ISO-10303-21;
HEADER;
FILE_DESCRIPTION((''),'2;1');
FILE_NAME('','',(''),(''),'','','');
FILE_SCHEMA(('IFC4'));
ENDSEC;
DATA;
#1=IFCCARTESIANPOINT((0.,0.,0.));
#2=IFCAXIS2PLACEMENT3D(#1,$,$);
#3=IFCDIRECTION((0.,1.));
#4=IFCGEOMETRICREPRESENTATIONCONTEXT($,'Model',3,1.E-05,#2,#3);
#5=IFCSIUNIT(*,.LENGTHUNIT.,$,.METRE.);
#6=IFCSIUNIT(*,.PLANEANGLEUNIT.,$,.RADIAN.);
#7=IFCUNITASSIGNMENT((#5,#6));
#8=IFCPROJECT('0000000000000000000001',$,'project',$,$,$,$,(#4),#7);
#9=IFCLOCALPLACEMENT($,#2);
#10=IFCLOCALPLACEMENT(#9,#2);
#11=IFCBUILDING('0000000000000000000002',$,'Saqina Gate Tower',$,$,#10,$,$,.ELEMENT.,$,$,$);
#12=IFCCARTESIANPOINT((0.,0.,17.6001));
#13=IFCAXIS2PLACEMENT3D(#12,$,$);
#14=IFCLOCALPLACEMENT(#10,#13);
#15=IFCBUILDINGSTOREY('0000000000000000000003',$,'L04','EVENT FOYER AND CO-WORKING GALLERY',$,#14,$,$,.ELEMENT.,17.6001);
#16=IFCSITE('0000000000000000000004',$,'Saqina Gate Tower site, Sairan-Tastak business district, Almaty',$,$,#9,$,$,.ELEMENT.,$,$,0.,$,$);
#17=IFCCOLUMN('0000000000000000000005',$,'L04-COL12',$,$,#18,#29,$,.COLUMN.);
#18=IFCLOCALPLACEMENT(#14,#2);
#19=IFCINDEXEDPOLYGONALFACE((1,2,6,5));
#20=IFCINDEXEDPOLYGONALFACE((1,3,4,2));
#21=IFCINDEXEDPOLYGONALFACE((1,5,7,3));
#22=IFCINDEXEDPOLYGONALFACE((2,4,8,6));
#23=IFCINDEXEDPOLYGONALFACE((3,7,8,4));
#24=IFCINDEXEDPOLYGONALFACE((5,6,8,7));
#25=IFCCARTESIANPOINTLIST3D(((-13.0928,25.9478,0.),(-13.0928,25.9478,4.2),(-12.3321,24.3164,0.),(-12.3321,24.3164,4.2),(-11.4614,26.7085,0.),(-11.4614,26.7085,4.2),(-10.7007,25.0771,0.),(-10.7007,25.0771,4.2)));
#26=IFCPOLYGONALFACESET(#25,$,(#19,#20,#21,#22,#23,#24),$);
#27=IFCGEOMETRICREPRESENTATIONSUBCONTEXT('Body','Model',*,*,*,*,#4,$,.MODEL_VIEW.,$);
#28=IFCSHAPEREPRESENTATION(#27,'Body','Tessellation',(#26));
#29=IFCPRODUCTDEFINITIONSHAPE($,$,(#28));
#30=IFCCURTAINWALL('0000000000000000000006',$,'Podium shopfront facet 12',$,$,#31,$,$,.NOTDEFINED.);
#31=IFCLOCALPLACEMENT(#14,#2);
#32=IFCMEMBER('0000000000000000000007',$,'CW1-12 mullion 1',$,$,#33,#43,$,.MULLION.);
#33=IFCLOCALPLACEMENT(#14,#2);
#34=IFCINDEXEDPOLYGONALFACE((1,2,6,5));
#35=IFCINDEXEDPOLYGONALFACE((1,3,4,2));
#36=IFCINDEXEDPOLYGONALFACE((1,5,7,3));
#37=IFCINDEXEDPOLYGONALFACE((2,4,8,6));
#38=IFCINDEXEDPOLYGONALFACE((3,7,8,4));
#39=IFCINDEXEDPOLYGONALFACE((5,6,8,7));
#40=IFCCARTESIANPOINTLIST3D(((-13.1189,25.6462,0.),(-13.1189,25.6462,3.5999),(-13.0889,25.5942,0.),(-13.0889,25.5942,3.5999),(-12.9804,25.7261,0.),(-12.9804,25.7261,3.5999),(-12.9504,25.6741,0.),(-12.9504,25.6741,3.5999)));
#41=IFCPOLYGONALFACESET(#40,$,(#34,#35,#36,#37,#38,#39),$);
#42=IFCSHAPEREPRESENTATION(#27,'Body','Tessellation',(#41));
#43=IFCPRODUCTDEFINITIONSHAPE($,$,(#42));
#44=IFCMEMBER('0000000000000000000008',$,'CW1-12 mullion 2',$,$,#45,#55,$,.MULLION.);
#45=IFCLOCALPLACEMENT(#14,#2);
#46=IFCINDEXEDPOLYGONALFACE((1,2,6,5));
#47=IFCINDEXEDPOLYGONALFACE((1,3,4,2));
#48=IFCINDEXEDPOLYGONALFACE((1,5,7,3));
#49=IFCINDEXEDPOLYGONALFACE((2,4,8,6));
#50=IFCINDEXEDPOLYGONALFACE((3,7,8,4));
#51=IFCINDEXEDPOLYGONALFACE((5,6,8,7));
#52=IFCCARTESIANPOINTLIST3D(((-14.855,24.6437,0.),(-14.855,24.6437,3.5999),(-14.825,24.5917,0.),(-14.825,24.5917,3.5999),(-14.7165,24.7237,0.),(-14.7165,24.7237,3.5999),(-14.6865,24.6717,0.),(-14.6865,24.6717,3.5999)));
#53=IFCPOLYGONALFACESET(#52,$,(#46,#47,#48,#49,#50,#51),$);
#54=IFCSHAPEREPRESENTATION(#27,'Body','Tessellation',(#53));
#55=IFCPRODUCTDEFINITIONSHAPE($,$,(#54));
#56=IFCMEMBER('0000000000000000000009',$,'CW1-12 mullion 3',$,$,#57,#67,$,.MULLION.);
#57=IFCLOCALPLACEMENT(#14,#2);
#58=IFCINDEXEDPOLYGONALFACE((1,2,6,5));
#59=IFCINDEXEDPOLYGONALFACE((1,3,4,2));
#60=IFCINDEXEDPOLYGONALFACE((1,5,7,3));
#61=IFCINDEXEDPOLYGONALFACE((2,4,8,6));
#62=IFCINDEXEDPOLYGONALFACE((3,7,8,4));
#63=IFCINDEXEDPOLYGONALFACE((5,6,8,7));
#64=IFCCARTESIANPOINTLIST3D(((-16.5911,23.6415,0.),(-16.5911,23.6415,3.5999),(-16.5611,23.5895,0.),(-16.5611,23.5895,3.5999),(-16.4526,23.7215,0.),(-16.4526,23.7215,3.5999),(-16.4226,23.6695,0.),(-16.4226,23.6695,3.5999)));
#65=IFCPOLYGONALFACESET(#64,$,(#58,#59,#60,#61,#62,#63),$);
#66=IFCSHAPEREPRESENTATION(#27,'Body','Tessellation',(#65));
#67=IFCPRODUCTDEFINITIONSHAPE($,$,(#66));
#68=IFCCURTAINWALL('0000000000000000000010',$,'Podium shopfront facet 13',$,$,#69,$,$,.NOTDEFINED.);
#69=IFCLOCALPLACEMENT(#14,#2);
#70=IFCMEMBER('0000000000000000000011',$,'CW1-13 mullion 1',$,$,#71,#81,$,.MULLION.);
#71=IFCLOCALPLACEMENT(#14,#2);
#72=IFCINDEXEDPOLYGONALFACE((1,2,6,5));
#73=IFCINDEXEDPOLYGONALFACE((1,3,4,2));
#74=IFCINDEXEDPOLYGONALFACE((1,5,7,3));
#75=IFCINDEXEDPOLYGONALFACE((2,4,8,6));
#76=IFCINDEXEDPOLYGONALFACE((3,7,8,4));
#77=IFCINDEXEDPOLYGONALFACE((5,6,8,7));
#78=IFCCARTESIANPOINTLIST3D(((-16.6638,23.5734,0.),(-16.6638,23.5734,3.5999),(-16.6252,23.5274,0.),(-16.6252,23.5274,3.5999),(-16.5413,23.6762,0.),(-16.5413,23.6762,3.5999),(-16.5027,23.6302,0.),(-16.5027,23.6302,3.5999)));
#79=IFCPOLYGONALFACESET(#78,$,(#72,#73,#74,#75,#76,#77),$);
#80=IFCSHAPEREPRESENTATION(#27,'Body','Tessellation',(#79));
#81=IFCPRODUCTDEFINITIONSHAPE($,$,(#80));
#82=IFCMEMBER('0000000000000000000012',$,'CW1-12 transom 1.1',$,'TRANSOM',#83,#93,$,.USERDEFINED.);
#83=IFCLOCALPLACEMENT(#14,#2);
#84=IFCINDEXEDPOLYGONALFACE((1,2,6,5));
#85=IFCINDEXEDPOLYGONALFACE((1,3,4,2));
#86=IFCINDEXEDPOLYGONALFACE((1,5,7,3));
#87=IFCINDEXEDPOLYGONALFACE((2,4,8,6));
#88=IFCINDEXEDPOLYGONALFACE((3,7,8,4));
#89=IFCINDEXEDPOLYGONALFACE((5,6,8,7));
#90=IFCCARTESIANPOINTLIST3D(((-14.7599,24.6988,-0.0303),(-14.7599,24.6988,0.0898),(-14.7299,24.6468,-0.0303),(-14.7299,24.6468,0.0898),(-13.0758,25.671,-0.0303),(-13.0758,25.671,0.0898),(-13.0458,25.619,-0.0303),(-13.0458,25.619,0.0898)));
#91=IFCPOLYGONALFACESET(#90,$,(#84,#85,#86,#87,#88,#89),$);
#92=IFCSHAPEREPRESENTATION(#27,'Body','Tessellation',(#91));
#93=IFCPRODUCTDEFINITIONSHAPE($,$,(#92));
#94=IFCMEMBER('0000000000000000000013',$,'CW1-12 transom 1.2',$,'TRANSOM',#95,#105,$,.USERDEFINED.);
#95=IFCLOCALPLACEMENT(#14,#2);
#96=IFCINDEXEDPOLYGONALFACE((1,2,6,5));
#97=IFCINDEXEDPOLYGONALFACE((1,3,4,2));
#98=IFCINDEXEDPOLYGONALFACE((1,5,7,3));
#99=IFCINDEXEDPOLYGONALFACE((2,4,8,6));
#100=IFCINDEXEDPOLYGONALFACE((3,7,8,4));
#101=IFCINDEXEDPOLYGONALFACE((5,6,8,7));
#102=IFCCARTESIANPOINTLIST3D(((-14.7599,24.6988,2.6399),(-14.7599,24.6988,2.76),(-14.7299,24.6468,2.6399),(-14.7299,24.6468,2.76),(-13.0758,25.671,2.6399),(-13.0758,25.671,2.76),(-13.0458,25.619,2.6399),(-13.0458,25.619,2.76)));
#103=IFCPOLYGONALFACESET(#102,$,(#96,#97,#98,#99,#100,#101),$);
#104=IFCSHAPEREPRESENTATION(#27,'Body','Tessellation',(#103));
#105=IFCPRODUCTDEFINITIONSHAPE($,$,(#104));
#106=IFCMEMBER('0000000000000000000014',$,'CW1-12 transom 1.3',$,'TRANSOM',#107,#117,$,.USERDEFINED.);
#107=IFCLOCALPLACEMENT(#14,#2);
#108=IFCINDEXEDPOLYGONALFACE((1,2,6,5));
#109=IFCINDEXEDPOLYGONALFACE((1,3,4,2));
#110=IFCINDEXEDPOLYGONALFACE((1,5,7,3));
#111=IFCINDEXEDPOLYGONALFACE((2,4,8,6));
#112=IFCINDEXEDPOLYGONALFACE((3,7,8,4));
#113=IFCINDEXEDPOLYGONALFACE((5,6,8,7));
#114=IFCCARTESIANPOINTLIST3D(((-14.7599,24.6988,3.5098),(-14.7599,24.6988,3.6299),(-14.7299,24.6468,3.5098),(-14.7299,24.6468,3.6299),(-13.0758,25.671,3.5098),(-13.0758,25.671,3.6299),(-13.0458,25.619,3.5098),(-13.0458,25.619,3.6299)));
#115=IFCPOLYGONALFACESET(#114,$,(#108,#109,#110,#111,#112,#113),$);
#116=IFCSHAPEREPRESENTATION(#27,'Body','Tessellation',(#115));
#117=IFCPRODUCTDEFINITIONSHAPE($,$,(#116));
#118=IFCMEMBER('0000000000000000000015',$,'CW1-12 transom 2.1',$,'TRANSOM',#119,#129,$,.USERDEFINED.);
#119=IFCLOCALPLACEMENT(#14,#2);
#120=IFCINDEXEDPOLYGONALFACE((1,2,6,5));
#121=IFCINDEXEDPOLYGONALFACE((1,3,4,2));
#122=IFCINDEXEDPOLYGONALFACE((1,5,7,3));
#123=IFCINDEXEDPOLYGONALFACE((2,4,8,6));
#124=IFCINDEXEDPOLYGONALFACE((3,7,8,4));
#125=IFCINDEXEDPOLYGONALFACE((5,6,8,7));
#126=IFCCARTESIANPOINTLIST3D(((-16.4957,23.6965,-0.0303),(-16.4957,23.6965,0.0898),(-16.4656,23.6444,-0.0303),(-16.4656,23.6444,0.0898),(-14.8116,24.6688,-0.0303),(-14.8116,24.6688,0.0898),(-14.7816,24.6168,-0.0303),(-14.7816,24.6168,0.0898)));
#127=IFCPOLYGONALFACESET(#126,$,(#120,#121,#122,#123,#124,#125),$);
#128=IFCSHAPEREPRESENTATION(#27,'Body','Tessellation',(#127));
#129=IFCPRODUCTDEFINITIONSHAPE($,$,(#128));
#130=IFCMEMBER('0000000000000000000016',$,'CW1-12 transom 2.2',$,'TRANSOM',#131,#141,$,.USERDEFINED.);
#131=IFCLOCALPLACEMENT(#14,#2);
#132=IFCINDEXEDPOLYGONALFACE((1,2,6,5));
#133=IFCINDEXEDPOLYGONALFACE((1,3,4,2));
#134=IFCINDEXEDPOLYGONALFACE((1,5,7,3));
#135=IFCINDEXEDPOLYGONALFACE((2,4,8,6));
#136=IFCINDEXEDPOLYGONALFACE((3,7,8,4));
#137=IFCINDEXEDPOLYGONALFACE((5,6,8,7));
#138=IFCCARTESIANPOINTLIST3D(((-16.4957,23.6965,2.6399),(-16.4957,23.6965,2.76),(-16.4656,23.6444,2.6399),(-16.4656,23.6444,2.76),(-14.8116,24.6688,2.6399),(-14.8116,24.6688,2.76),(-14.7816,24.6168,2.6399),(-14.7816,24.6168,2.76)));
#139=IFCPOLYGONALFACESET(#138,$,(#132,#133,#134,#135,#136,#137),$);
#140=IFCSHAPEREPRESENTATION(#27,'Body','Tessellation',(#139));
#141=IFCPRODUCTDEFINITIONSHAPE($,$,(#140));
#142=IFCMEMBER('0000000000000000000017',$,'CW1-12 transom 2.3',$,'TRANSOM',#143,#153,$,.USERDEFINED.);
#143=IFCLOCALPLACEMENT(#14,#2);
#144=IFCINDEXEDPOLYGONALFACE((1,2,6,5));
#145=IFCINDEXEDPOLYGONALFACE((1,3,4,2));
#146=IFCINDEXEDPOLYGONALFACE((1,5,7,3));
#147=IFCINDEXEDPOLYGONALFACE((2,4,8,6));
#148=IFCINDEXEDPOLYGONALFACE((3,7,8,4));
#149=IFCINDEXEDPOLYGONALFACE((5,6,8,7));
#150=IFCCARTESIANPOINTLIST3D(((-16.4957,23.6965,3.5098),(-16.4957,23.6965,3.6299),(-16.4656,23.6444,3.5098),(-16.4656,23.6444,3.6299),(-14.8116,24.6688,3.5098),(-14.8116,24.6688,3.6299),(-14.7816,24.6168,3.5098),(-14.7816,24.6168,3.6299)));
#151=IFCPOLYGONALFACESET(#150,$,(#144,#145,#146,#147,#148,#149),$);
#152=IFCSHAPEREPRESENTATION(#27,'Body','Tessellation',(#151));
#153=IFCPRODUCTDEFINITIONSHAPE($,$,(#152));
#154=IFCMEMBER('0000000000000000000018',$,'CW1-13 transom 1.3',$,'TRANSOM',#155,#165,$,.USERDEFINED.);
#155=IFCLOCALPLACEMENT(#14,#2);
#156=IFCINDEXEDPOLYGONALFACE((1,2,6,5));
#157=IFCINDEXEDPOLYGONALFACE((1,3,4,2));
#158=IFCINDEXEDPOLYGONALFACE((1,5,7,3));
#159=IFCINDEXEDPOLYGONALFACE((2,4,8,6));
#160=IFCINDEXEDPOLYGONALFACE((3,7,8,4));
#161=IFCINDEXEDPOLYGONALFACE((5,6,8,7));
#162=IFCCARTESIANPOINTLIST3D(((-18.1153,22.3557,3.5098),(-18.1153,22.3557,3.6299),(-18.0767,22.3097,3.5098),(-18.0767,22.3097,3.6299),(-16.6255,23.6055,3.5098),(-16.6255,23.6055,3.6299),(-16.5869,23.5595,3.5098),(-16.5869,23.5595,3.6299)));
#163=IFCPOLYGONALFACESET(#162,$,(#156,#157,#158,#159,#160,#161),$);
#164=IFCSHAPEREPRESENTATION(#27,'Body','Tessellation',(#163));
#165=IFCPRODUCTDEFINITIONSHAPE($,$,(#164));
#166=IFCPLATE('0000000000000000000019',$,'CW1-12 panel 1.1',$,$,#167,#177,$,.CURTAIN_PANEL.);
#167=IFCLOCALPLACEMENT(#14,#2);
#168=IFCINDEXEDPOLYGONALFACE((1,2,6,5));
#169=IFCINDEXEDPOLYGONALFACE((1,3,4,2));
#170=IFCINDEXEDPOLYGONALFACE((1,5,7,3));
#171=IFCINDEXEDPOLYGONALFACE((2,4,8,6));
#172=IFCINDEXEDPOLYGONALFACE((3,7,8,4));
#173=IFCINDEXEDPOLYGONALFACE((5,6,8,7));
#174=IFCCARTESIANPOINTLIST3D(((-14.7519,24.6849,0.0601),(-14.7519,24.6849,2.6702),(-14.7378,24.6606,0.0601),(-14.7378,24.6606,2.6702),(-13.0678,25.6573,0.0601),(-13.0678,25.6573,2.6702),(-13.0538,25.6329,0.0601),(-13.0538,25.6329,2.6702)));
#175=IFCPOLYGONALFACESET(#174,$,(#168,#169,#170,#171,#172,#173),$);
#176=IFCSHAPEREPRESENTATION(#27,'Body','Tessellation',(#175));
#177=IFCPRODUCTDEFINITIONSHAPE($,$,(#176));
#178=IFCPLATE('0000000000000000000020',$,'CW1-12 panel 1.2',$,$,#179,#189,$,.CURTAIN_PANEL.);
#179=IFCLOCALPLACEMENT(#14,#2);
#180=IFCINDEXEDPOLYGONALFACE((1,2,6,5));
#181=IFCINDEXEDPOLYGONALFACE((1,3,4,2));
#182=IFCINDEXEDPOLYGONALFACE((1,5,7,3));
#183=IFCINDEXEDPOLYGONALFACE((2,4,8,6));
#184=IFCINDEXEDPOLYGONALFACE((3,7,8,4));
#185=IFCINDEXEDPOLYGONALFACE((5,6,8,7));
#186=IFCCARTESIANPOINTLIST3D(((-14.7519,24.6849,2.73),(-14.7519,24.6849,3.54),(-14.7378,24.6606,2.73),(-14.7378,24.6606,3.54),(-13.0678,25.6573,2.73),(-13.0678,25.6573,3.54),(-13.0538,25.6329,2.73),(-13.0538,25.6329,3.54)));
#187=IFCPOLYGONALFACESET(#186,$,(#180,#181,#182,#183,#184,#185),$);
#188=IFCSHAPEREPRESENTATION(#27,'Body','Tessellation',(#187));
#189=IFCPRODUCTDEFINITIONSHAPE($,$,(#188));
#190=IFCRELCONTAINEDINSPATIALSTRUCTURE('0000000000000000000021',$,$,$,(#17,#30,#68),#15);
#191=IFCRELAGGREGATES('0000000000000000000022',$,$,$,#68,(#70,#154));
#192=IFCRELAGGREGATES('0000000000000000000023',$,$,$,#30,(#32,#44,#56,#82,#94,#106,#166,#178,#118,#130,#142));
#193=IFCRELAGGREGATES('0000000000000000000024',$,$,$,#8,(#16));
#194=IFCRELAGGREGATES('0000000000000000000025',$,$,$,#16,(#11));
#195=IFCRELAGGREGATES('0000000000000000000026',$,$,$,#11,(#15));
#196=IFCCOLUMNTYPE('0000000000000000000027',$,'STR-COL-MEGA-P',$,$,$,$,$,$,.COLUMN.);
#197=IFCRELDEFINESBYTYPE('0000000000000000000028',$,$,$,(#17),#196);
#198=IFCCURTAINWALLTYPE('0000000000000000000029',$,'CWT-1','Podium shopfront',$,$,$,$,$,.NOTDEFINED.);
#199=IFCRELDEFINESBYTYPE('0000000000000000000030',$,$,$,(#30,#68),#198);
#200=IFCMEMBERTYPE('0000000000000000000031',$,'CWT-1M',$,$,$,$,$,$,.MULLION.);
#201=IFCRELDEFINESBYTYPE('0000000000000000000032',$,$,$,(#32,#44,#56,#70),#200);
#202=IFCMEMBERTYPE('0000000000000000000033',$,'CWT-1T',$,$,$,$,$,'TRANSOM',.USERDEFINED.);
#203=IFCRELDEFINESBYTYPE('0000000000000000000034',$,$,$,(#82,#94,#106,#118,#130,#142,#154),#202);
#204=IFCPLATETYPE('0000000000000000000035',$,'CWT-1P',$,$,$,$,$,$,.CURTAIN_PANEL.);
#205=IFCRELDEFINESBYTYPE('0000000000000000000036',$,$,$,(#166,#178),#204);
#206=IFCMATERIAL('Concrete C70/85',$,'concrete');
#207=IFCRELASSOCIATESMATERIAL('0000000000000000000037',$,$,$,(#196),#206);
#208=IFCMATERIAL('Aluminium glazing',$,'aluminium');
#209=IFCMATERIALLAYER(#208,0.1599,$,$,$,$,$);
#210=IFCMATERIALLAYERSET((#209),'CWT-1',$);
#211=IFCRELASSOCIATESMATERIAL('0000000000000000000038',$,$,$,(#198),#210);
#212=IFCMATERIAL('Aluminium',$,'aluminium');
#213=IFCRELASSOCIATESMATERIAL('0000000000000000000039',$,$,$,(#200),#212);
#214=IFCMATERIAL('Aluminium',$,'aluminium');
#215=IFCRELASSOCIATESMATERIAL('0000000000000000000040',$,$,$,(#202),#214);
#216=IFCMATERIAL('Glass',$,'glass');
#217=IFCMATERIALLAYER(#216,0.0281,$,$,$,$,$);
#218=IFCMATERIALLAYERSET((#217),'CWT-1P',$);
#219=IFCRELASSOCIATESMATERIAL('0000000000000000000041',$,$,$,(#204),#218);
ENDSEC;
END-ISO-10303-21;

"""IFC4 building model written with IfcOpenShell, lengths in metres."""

from ifc_helpers import new_model, si_unit, direction, frame, origin, origin_2d, place, context, subcontext, project, spatial, rectangle, extrude, material, layer, layer_set, material_profile, profile_set, type_object, element, aggregate, save


model = new_model("IFC4")

# Units and contexts
model_context = context("Model", 3, precision=1e-05, world=origin(), true_north=direction((0.0, 1.0)))
body_context = subcontext(model_context, "Body", "Model", "MODEL_VIEW")
ifc_project = project(units=[si_unit("LENGTHUNIT", "METRE"), si_unit("PLANEANGLEUNIT", "RADIAN")], contexts=[model_context])

# Site, building, storey
site_placement = place(None, origin())
site = spatial("IfcSite", under=ifc_project, at=site_placement, Name="Saqina Gate Tower site, Sairan-Tastak business district, Almaty", CompositionType="ELEMENT", RefElevation=0.0)
building_placement = place(site_placement, origin())
building = spatial("IfcBuilding", under=site, at=building_placement, Name="Saqina Gate Tower", CompositionType="ELEMENT")
storey_placement = place(building_placement, frame((0.0, 0.0, 17.6001)))
storey = spatial("IfcBuildingStorey", under=building, at=storey_placement, Name="L04", Description="EVENT FOYER AND CO-WORKING GALLERY", CompositionType="ELEMENT", Elevation=17.6001)

# Column
ifc_material_1 = material(Name="Concrete C70/85", Category="concrete")
ifc_material_profile_1 = material_profile(ifc_material_1, rectangle(XDim=1.8, YDim=1.8, at=origin_2d()), Name="RC 1800x1800")
ifc_profile_set_1 = profile_set([ifc_material_profile_1], Name="Concrete C70/85")
column_type = type_object("IfcColumnType", Name="STR-COL-MEGA-P", PredefinedType="COLUMN", material=ifc_profile_set_1)
column_placement = place(storey_placement, frame((-11.8967, 25.5125, 0.0), z_axis=(0.0, 0.0, 1.0), x_axis=(-0.422618, 0.906308, 0.0)))
element("IfcColumn", 1, at=column_placement, inside=storey, type_object=column_type, Name="L04-COL12", PredefinedType="COLUMN", context=body_context, shape_type="SweptSolid", body=[
    extrude(rectangle(XDim=1.8, YDim=1.8, at=origin_2d()), origin(), (0.0, 0.0, 1.0), 4.2),
])

# Curtain wall, members
ifc_material_2 = material(Name="Aluminium glazing", Category="aluminium")
ifc_layer_1 = layer(ifc_material_2, 0.1599)
ifc_layer_set_1 = layer_set([ifc_layer_1], Name="CWT-1")
curtain_wall_type = type_object("IfcCurtainWallType", Name="CWT-1", Description="Podium shopfront", PredefinedType="NOTDEFINED", material=ifc_layer_set_1)
curtain_wall_1_placement = place(storey_placement, origin())
curtain_wall_1 = element("IfcCurtainWall", 2, at=curtain_wall_1_placement, inside=storey, type_object=curtain_wall_type, Name="Podium shopfront facet 12", PredefinedType="NOTDEFINED")
ifc_material_3 = material(Name="Aluminium", Category="aluminium")
ifc_material_profile_2 = material_profile(ifc_material_3, rectangle(XDim=0.0601, YDim=0.1599, at=origin_2d()), Name="Aluminium 60x160")
ifc_profile_set_2 = profile_set([ifc_material_profile_2], Name="Aluminium")
member_type_1 = type_object("IfcMemberType", Name="CWT-1M", PredefinedType="MULLION", material=ifc_profile_set_2)
member_1_placement = place(storey_placement, frame((-13.0347, 25.6602, 0.0), z_axis=(0.0, 0.0, 1.0), x_axis=(0.500014, -0.866017, 0.0)))
member_1 = element("IfcMember", 3, at=member_1_placement, type_object=member_type_1, Name="CW1-12 mullion 1", PredefinedType="MULLION", context=body_context, shape_type="SweptSolid", body=[
    extrude(rectangle(XDim=0.0601, YDim=0.1599, at=origin_2d()), origin(), (0.0, 0.0, 1.0), 3.5999),
])
member_2_placement = place(storey_placement, frame((-14.7708, 24.6577, 0.0), z_axis=(0.0, 0.0, 1.0), x_axis=(0.500014, -0.866017, 0.0)))
member_2 = element("IfcMember", 4, at=member_2_placement, type_object=member_type_1, Name="CW1-12 mullion 2", PredefinedType="MULLION", context=body_context, shape_type="SweptSolid", body=[
    extrude(rectangle(XDim=0.0601, YDim=0.1599, at=origin_2d()), origin(), (0.0, 0.0, 1.0), 3.5999),
])
member_3_placement = place(storey_placement, frame((-16.5068, 23.6555, 0.0), z_axis=(0.0, 0.0, 1.0), x_axis=(0.500014, -0.866017, 0.0)))
member_3 = element("IfcMember", 5, at=member_3_placement, type_object=member_type_1, Name="CW1-12 mullion 3", PredefinedType="MULLION", context=body_context, shape_type="SweptSolid", body=[
    extrude(rectangle(XDim=0.0601, YDim=0.1599, at=origin_2d()), origin(), (0.0, 0.0, 1.0), 3.5999),
])

# Curtain wall, member
curtain_wall_2_placement = place(storey_placement, origin())
curtain_wall_2 = element("IfcCurtainWall", 6, at=curtain_wall_2_placement, inside=storey, type_object=curtain_wall_type, Name="Podium shopfront facet 13", PredefinedType="NOTDEFINED")
member_4_placement = place(storey_placement, frame((-16.5833, 23.6018, 0.0), z_axis=(0.0, 0.0, 1.0), x_axis=(0.642779, -0.766051, 0.0)))
member_4 = element("IfcMember", 7, at=member_4_placement, type_object=member_type_1, Name="CW1-13 mullion 1", PredefinedType="MULLION", context=body_context, shape_type="SweptSolid", body=[
    extrude(rectangle(XDim=0.0601, YDim=0.1599, at=origin_2d()), origin(), (0.0, 0.0, 1.0), 3.5999),
])

# Members
ifc_material_4 = material(Name="Aluminium", Category="aluminium")
ifc_material_profile_3 = material_profile(ifc_material_4, rectangle(XDim=0.0601, YDim=0.1201, at=origin_2d()), Name="Aluminium 60x120")
ifc_profile_set_3 = profile_set([ifc_material_profile_3], Name="Aluminium")
member_type_2 = type_object("IfcMemberType", Name="CWT-1T", ElementType="TRANSOM", PredefinedType="USERDEFINED", material=ifc_profile_set_3)
member_5_placement = place(storey_placement, frame((-13.0608, 25.645, 0.0298), z_axis=(-0.866056, -0.499947, 0.0), x_axis=(0.499947, -0.866056, 0.0)))
member_5 = element("IfcMember", 8, at=member_5_placement, type_object=member_type_2, Name="CW1-12 transom 1.1", ObjectType="TRANSOM", PredefinedType="USERDEFINED", context=body_context, shape_type="SweptSolid", body=[
    extrude(rectangle(XDim=0.0601, YDim=0.1201, at=origin_2d()), origin(), (0.0, 0.0, 1.0), 1.9446),
])
member_6_placement = place(storey_placement, frame((-13.0608, 25.645, 2.7), z_axis=(-0.866056, -0.499947, 0.0), x_axis=(0.499947, -0.866056, 0.0)))
member_6 = element("IfcMember", 9, at=member_6_placement, type_object=member_type_2, Name="CW1-12 transom 1.2", ObjectType="TRANSOM", PredefinedType="USERDEFINED", context=body_context, shape_type="SweptSolid", body=[
    extrude(rectangle(XDim=0.0601, YDim=0.1201, at=origin_2d()), origin(), (0.0, 0.0, 1.0), 1.9446),
])
member_7_placement = place(storey_placement, frame((-13.0608, 25.645, 3.5698), z_axis=(-0.866056, -0.499947, 0.0), x_axis=(0.499947, -0.866056, 0.0)))
member_7 = element("IfcMember", 10, at=member_7_placement, type_object=member_type_2, Name="CW1-12 transom 1.3", ObjectType="TRANSOM", PredefinedType="USERDEFINED", context=body_context, shape_type="SweptSolid", body=[
    extrude(rectangle(XDim=0.0601, YDim=0.1201, at=origin_2d()), origin(), (0.0, 0.0, 1.0), 1.9446),
])
member_8_placement = place(storey_placement, frame((-14.7966, 24.6428, 0.0298), z_axis=(-0.866002, -0.500041, 0.0), x_axis=(0.500041, -0.866002, 0.0)))
member_8 = element("IfcMember", 11, at=member_8_placement, type_object=member_type_2, Name="CW1-12 transom 2.1", ObjectType="TRANSOM", PredefinedType="USERDEFINED", context=body_context, shape_type="SweptSolid", body=[
    extrude(rectangle(XDim=0.0601, YDim=0.1201, at=origin_2d()), origin(), (0.0, 0.0, 1.0), 1.9446),
])
member_9_placement = place(storey_placement, frame((-14.7966, 24.6428, 2.7), z_axis=(-0.866002, -0.500041, 0.0), x_axis=(0.500041, -0.866002, 0.0)))
member_9 = element("IfcMember", 12, at=member_9_placement, type_object=member_type_2, Name="CW1-12 transom 2.2", ObjectType="TRANSOM", PredefinedType="USERDEFINED", context=body_context, shape_type="SweptSolid", body=[
    extrude(rectangle(XDim=0.0601, YDim=0.1201, at=origin_2d()), origin(), (0.0, 0.0, 1.0), 1.9446),
])
member_10_placement = place(storey_placement, frame((-14.7966, 24.6428, 3.5698), z_axis=(-0.866002, -0.500041, 0.0), x_axis=(0.500041, -0.866002, 0.0)))
member_10 = element("IfcMember", 13, at=member_10_placement, type_object=member_type_2, Name="CW1-12 transom 2.3", ObjectType="TRANSOM", PredefinedType="USERDEFINED", context=body_context, shape_type="SweptSolid", body=[
    extrude(rectangle(XDim=0.0601, YDim=0.1201, at=origin_2d()), origin(), (0.0, 0.0, 1.0), 1.9446),
])
member_11_placement = place(storey_placement, frame((-16.6062, 23.5825, 3.5698), z_axis=(-0.766118, -0.6427, 0.0), x_axis=(0.6427, -0.766118, 0.0)))
member_11 = element("IfcMember", 14, at=member_11_placement, type_object=member_type_2, Name="CW1-13 transom 1.3", ObjectType="TRANSOM", PredefinedType="USERDEFINED", context=body_context, shape_type="SweptSolid", body=[
    extrude(rectangle(XDim=0.0601, YDim=0.1201, at=origin_2d()), origin(), (0.0, 0.0, 1.0), 1.9446),
])
aggregate(curtain_wall_2, [member_4, member_11])

# Plates
ifc_material_5 = material(Name="Glass", Category="glass")
ifc_layer_2 = layer(ifc_material_5, 0.0281)
ifc_layer_set_2 = layer_set([ifc_layer_2], Name="CWT-1P")
plate_type = type_object("IfcPlateType", Name="CWT-1P", PredefinedType="CURTAIN_PANEL", material=ifc_layer_set_2)
plate_1_placement = place(storey_placement, frame((-13.9028, 25.1589, 0.0601), z_axis=(0.0, 0.0, 1.0), x_axis=(-0.866017, -0.500014, 0.0)))
plate_1 = element("IfcPlate", 15, at=plate_1_placement, type_object=plate_type, Name="CW1-12 panel 1.1", PredefinedType="CURTAIN_PANEL", context=body_context, shape_type="SweptSolid", body=[
    extrude(rectangle(XDim=1.9446, YDim=0.0281, at=origin_2d()), origin(), (0.0, 0.0, 1.0), 2.6101),
])
plate_2_placement = place(storey_placement, frame((-13.9028, 25.1589, 2.73), z_axis=(0.0, 0.0, 1.0), x_axis=(-0.866017, -0.500014, 0.0)))
plate_2 = element("IfcPlate", 16, at=plate_2_placement, type_object=plate_type, Name="CW1-12 panel 1.2", PredefinedType="CURTAIN_PANEL", context=body_context, shape_type="SweptSolid", body=[
    extrude(rectangle(XDim=1.9446, YDim=0.0281, at=origin_2d()), origin(), (0.0, 0.0, 1.0), 0.8101),
])
aggregate(curtain_wall_1, [member_1, member_2, member_3, member_5, member_6, member_7, plate_1, plate_2, member_8, member_9, member_10])

save(model, "model.ifc")
